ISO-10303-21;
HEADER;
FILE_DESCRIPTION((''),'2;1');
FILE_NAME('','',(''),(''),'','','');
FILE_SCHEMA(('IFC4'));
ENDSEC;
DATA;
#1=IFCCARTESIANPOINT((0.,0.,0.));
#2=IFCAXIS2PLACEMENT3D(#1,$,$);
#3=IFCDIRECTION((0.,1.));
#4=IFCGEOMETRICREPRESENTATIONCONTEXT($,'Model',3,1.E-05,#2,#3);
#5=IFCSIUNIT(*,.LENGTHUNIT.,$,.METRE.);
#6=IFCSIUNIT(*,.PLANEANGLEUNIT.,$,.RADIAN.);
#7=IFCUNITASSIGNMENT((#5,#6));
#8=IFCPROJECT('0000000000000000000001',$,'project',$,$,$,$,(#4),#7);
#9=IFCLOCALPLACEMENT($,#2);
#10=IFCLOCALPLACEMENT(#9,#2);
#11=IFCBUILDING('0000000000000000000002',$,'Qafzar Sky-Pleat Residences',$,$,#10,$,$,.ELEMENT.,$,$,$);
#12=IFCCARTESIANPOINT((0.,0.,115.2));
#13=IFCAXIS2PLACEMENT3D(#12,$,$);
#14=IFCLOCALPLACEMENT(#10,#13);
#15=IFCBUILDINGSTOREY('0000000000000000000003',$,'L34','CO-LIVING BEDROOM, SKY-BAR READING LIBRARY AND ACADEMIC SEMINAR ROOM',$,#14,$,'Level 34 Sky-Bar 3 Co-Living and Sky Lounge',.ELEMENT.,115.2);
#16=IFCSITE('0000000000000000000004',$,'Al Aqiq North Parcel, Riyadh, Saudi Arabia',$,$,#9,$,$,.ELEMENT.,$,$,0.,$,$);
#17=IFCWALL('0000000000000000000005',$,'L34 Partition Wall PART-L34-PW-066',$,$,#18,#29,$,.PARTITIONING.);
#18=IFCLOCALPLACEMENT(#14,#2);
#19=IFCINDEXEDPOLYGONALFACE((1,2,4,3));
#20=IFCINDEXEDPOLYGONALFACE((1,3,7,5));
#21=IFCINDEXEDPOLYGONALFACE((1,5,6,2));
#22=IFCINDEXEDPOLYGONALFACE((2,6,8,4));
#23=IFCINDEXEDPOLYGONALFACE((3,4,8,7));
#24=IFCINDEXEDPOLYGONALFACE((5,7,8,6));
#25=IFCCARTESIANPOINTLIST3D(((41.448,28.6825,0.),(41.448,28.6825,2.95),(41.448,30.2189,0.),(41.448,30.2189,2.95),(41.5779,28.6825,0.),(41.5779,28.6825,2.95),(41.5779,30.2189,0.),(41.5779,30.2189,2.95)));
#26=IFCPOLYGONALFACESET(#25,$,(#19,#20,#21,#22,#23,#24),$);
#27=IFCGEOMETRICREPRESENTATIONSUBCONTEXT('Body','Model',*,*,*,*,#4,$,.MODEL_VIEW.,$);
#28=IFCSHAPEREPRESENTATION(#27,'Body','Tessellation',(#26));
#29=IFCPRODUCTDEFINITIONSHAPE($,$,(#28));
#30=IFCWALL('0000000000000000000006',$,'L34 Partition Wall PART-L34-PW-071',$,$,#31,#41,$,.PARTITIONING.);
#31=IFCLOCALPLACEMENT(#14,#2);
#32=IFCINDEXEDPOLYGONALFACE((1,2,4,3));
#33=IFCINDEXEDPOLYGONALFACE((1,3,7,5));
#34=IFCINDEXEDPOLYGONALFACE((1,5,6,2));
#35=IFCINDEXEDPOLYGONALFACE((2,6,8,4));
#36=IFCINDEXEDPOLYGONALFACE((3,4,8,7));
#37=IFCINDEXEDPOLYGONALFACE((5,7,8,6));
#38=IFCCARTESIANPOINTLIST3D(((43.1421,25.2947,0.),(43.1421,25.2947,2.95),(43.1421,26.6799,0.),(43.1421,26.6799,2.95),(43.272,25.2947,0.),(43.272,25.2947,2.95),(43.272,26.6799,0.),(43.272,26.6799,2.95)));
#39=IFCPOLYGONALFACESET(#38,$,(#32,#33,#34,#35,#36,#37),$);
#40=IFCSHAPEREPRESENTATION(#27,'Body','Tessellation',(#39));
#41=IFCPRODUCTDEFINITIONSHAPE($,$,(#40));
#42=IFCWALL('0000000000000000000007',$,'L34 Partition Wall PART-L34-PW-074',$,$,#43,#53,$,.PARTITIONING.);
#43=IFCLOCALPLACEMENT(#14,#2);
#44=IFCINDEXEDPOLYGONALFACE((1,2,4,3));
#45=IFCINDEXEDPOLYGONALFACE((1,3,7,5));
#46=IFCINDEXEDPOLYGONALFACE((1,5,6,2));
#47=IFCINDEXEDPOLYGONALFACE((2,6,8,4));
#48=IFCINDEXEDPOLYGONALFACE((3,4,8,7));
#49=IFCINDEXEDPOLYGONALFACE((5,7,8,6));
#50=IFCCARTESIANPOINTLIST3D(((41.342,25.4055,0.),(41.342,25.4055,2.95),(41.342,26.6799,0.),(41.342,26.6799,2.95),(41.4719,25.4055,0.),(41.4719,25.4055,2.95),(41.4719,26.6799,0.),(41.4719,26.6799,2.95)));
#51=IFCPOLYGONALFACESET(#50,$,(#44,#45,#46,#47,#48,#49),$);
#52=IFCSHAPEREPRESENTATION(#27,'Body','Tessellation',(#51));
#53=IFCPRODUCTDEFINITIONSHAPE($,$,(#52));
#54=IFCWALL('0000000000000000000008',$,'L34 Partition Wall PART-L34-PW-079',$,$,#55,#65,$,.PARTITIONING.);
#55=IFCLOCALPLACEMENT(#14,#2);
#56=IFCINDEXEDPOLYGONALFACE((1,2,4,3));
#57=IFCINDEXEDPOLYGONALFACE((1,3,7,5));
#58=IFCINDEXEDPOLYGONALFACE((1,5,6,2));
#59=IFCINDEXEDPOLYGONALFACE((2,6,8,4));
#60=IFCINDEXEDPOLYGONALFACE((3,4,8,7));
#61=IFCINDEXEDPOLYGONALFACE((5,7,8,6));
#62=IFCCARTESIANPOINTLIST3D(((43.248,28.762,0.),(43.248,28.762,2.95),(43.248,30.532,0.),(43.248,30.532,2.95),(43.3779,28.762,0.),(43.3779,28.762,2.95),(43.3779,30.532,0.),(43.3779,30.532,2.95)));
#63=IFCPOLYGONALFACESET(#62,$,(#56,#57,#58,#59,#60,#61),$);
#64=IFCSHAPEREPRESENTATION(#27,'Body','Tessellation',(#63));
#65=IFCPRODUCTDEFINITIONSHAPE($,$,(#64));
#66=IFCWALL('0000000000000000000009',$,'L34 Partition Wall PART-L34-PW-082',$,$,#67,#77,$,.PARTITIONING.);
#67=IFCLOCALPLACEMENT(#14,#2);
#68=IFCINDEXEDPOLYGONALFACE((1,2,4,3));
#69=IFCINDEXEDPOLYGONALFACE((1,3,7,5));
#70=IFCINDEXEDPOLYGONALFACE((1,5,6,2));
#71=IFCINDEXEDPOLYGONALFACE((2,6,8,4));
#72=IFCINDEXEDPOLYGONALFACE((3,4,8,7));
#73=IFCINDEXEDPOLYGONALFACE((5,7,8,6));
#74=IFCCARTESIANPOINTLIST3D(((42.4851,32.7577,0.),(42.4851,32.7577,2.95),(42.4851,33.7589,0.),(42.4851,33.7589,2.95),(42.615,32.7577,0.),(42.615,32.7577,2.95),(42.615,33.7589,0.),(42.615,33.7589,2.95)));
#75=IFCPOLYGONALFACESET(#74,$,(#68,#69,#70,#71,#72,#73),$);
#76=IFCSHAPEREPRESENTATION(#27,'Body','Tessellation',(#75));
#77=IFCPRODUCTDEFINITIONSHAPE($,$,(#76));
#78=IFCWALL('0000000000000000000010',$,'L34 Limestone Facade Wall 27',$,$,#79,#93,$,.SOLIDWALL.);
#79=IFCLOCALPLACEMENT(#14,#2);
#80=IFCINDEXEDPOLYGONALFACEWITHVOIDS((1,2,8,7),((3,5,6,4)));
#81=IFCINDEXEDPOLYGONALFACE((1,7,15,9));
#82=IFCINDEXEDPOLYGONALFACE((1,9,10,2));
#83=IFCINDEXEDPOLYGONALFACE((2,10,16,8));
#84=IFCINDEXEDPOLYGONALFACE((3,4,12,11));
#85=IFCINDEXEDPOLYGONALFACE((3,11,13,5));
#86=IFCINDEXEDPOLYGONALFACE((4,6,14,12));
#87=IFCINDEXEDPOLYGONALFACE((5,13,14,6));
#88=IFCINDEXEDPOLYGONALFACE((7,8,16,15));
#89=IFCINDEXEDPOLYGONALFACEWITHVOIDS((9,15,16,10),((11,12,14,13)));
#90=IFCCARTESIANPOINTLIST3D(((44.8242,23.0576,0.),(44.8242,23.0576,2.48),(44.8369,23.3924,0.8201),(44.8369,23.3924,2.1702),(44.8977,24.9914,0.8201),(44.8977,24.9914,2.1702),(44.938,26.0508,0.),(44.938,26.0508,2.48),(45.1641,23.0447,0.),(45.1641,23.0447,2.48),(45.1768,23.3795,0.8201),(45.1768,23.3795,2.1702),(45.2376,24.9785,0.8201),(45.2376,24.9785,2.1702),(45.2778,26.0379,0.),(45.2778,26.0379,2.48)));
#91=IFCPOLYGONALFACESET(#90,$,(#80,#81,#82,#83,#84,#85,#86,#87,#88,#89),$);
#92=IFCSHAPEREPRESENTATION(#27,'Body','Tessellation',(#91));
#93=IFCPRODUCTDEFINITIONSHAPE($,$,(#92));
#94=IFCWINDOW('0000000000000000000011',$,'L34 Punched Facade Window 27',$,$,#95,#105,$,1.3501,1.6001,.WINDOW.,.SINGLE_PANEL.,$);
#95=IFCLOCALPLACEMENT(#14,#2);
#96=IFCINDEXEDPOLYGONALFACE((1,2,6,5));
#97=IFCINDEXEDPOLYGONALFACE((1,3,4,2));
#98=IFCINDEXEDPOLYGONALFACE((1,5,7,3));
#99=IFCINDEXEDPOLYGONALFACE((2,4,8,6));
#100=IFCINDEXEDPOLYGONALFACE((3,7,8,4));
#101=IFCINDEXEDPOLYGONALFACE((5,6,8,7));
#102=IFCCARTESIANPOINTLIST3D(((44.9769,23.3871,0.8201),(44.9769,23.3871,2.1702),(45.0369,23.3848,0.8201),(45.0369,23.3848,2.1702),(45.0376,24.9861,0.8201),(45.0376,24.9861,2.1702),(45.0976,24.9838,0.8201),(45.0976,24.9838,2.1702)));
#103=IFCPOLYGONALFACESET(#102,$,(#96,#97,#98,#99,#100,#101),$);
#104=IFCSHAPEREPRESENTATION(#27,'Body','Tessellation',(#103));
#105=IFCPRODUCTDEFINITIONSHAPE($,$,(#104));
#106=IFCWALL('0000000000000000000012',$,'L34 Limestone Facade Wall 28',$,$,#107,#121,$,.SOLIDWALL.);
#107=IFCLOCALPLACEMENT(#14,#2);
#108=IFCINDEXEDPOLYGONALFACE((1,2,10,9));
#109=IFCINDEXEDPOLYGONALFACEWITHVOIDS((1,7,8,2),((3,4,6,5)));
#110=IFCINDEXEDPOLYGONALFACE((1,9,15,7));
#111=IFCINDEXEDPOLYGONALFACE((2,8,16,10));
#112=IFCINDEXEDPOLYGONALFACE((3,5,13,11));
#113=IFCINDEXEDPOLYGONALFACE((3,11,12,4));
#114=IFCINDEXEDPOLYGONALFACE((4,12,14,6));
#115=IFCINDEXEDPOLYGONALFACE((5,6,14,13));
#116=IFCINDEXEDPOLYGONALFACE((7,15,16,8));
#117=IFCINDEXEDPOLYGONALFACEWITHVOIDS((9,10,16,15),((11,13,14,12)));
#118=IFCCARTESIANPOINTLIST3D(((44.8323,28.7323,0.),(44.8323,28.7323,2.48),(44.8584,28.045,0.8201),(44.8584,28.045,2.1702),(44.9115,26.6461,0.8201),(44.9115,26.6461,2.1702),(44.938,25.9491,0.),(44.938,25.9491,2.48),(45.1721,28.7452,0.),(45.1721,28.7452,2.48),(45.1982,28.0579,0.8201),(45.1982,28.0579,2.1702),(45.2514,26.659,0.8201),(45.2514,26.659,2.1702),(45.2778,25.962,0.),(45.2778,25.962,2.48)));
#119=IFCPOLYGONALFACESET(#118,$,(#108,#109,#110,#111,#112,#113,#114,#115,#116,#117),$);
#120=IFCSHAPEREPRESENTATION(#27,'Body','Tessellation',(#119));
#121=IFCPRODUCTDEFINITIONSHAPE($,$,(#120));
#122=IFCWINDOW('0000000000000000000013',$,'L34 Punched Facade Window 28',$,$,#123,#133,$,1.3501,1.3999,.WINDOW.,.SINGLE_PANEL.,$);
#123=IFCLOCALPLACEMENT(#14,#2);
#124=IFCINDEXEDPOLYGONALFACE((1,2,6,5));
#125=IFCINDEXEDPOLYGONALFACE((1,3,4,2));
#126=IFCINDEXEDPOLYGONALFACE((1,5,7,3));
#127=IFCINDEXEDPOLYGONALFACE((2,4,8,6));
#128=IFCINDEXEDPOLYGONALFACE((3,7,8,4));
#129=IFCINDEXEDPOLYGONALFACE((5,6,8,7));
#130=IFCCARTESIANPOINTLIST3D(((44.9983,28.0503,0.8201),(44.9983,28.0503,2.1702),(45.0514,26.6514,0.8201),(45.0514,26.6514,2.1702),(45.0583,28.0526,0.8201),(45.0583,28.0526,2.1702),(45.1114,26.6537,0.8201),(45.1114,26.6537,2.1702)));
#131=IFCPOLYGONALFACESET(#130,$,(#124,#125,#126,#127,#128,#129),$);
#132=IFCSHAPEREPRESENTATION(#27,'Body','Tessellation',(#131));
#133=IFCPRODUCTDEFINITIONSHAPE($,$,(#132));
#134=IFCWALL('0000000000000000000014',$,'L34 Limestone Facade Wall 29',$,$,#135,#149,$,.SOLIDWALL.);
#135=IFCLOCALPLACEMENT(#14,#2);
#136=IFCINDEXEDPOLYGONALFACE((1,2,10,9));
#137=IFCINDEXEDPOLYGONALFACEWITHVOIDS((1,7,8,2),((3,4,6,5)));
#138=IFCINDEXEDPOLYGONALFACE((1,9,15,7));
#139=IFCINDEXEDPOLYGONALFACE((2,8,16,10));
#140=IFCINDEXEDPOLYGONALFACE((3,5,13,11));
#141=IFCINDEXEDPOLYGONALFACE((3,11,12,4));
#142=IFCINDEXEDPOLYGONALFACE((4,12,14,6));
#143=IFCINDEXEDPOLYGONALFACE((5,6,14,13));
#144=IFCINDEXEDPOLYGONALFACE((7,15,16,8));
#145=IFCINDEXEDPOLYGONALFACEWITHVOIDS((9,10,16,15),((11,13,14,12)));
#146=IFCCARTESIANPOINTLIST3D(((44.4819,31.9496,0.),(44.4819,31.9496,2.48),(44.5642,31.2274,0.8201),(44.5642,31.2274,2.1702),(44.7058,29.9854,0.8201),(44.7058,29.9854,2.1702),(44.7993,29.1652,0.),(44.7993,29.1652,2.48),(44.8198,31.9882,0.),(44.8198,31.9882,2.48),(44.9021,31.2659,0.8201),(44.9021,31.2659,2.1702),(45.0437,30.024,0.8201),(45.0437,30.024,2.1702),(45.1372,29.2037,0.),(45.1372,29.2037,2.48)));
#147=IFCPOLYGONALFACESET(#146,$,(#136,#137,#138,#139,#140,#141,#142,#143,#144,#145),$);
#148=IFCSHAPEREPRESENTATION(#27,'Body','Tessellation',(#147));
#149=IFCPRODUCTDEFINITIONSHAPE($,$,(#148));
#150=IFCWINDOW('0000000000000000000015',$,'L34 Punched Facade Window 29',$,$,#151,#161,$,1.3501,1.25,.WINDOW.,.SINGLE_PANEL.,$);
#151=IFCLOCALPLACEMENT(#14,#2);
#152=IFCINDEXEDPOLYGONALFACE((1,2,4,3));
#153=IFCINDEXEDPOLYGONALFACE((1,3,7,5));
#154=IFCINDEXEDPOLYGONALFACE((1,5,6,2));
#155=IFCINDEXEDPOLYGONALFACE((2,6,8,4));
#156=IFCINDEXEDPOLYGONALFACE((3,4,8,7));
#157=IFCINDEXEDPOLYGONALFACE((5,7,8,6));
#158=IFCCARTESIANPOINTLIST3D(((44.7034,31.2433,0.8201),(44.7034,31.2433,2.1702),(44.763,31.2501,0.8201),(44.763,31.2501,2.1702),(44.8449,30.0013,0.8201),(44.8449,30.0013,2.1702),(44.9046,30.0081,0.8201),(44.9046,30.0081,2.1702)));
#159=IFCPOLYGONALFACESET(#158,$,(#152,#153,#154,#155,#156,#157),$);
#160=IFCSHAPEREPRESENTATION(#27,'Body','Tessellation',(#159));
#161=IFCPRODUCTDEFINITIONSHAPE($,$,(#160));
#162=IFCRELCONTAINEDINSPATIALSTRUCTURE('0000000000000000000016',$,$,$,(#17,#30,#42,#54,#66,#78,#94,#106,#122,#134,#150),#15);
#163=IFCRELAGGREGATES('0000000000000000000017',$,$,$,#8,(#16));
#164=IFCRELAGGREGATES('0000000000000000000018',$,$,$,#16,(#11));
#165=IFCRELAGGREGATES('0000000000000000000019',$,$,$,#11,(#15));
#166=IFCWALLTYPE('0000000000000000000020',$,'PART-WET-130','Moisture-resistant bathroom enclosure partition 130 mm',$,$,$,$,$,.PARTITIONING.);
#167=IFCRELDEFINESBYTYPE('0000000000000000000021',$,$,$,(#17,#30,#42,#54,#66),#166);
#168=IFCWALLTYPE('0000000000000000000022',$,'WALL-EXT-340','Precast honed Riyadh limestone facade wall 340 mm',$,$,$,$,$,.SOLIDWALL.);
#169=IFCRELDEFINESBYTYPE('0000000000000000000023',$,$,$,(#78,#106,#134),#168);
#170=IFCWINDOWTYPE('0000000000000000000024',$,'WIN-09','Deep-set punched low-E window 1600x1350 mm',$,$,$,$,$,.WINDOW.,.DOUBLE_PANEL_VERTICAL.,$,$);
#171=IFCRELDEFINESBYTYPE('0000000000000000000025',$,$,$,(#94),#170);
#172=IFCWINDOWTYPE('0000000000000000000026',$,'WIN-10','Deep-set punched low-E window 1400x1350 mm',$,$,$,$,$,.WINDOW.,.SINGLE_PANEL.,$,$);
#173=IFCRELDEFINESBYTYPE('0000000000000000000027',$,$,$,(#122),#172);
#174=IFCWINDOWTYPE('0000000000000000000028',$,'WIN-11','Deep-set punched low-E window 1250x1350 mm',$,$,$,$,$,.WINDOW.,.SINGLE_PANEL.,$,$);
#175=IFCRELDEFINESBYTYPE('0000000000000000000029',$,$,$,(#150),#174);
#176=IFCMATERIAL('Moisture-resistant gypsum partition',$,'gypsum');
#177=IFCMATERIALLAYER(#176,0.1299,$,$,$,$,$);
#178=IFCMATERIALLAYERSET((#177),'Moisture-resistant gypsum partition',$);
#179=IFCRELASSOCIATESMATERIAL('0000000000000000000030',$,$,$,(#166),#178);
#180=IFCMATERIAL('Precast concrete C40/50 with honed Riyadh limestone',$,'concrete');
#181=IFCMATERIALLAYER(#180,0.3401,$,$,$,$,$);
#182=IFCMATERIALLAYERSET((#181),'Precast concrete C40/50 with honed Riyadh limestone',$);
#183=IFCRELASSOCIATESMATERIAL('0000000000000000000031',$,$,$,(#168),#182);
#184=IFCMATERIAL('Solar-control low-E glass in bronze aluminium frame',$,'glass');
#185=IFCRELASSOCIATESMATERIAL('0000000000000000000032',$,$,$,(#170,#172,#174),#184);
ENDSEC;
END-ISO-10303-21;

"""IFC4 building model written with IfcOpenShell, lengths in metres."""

from ifc_helpers import new_model, si_unit, direction, frame, frame_2d, origin, place, context, subcontext, project, spatial, rectangle, extrude, source, transform, mapped, material, layer, layer_set, type_object, element, fill, save


model = new_model("IFC4")

# Units and contexts
model_context = context("Model", 3, precision=1e-05, world=origin(), true_north=direction((0.0, 1.0)))
body_context = subcontext(model_context, "Body", "Model", "MODEL_VIEW")
ifc_project = project(units=[si_unit("LENGTHUNIT", "METRE"), si_unit("PLANEANGLEUNIT", "RADIAN")], contexts=[model_context])

# Site, building, storey
site_placement = place(None, origin())
site = spatial("IfcSite", under=ifc_project, at=site_placement, Name="Al Aqiq North Parcel, Riyadh, Saudi Arabia", CompositionType="ELEMENT", RefElevation=0.0)
building_placement = place(site_placement, origin())
building = spatial("IfcBuilding", under=site, at=building_placement, Name="Qafzar Sky-Pleat Residences", CompositionType="ELEMENT")
storey_placement = place(building_placement, frame((0.0, 0.0, 115.2)))
storey = spatial("IfcBuildingStorey", under=building, at=storey_placement, Name="L34", Description="CO-LIVING BEDROOM, SKY-BAR READING LIBRARY AND ACADEMIC SEMINAR ROOM", LongName="Level 34 Sky-Bar 3 Co-Living and Sky Lounge", CompositionType="ELEMENT", Elevation=115.2)

# Shared definitions
ifc_material_1 = material(Name="Moisture-resistant gypsum partition", Category="gypsum")
ifc_layer_1 = layer(ifc_material_1, 0.1299)
ifc_layer_set_1 = layer_set([ifc_layer_1], Name="Moisture-resistant gypsum partition")
wall_type_1 = type_object("IfcWallType", Name="PART-WET-130", Description="Moisture-resistant bathroom enclosure partition 130 mm", PredefinedType="PARTITIONING", material=ifc_layer_set_1)

# Walls
wall_1_placement = place(storey_placement, frame((41.5129, 28.6826, 0.0), z_axis=(0.0, 0.0, 1.0), x_axis=(0.0, 1.0, 0.0)))
element("IfcWall", 1, at=wall_1_placement, inside=storey, type_object=wall_type_1, Name="L34 Partition Wall PART-L34-PW-066", PredefinedType="PARTITIONING", context=body_context, shape_type="SweptSolid", body=[
    extrude(rectangle(XDim=1.5364, YDim=0.1299, at=frame_2d((0.7681, 0.0))), origin(), (0.0, 0.0, 1.0), 2.95),
])
wall_2_placement = place(storey_placement, frame((43.207, 25.2947, 0.0), z_axis=(0.0, 0.0, 1.0), x_axis=(0.0, 1.0, 0.0)))
element("IfcWall", 2, at=wall_2_placement, inside=storey, type_object=wall_type_1, Name="L34 Partition Wall PART-L34-PW-071", PredefinedType="PARTITIONING", context=body_context, shape_type="SweptSolid", body=[
    extrude(rectangle(XDim=1.3853, YDim=0.1299, at=frame_2d((0.6926, 0.0))), origin(), (0.0, 0.0, 1.0), 2.95),
])
wall_3_placement = place(storey_placement, frame((41.407, 25.4055, 0.0), z_axis=(0.0, 0.0, 1.0), x_axis=(0.0, 1.0, 0.0)))
element("IfcWall", 3, at=wall_3_placement, inside=storey, type_object=wall_type_1, Name="L34 Partition Wall PART-L34-PW-074", PredefinedType="PARTITIONING", context=body_context, shape_type="SweptSolid", body=[
    extrude(rectangle(XDim=1.2744, YDim=0.1299, at=frame_2d((0.6372, 0.0))), origin(), (0.0, 0.0, 1.0), 2.95),
])
wall_4_placement = place(storey_placement, frame((43.313, 28.762, 0.0), z_axis=(0.0, 0.0, 1.0), x_axis=(0.0, 1.0, 0.0)))
element("IfcWall", 4, at=wall_4_placement, inside=storey, type_object=wall_type_1, Name="L34 Partition Wall PART-L34-PW-079", PredefinedType="PARTITIONING", context=body_context, shape_type="SweptSolid", body=[
    extrude(rectangle(XDim=1.77, YDim=0.1299, at=frame_2d((0.885, 0.0))), origin(), (0.0, 0.0, 1.0), 2.95),
])
wall_5_placement = place(storey_placement, frame((42.55, 32.7578, 0.0), z_axis=(0.0, 0.0, 1.0), x_axis=(0.0, 1.0, 0.0)))
element("IfcWall", 5, at=wall_5_placement, inside=storey, type_object=wall_type_1, Name="L34 Partition Wall PART-L34-PW-082", PredefinedType="PARTITIONING", context=body_context, shape_type="SweptSolid", body=[
    extrude(rectangle(XDim=1.0012, YDim=0.1299, at=frame_2d((0.5005, 0.0))), origin(), (0.0, 0.0, 1.0), 2.95),
])

# Walls, openings, windows
ifc_material_2 = material(Name="Precast concrete C40/50 with honed Riyadh limestone", Category="concrete")
ifc_layer_2 = layer(ifc_material_2, 0.3401)
ifc_layer_set_2 = layer_set([ifc_layer_2], Name="Precast concrete C40/50 with honed Riyadh limestone")
wall_type_2 = type_object("IfcWallType", Name="WALL-EXT-340", Description="Precast honed Riyadh limestone facade wall 340 mm", PredefinedType="SOLIDWALL", material=ifc_layer_set_2)
wall_6_placement = place(storey_placement, frame((44.9941, 23.0513, 0.0), z_axis=(0.0, 0.0, 1.0), x_axis=(0.037982, 0.999278, 0.0)))
wall_6 = element("IfcWall", 6, at=wall_6_placement, inside=storey, type_object=wall_type_2, Name="L34 Limestone Facade Wall 27", PredefinedType="SOLIDWALL", context=body_context, shape_type="SweptSolid", body=[
    extrude(rectangle(XDim=2.9954, YDim=0.3401, at=frame_2d((1.4976, 0.0))), origin(), (0.0, 0.0, 1.0), 2.48),
])
opening_1_placement = place(wall_6_placement, frame((0.335, 0.0, 0.8201)))
opening_1 = element("IfcOpeningElement", 7, at=opening_1_placement, cuts=wall_6, PredefinedType="OPENING", context=body_context, shape_type="SweptSolid", body=[
    extrude(rectangle(XDim=1.6001, YDim=1.3501, at=frame_2d((0.8, 0.675))), frame((0.0, 0.1802, 0.0), z_axis=(0.0, -1.0, 0.0), x_axis=(1.0, 0.0, 0.0)), (0.0, 0.0, 1.0), 0.3601),
])
ifc_material_3 = material(Name="Solar-control low-E glass in bronze aluminium frame", Category="glass")
window_type_1 = type_object("IfcWindowType", Name="WIN-09", Description="Deep-set punched low-E window 1600x1350 mm", PartitioningType="DOUBLE_PANEL_VERTICAL", PredefinedType="WINDOW", material=ifc_material_3)
shared_shape_1 = source(origin(), body_context, "Body", "SweptSolid", [
    extrude(rectangle(XDim=1.6001, YDim=1.3501, at=frame_2d((0.8, 0.675))), frame((0.0, 0.03, 0.0), z_axis=(0.0, -1.0, 0.0), x_axis=(1.0, 0.0, 0.0)), (0.0, 0.0, 1.0), 0.0601),
])
window_1_placement = place(opening_1_placement, origin())
window_1 = element("IfcWindow", 8, at=window_1_placement, inside=storey, type_object=window_type_1, Name="L34 Punched Facade Window 27", OverallHeight=1.3501, OverallWidth=1.6001, PartitioningType="SINGLE_PANEL", PredefinedType="WINDOW", context=body_context, shape_type="MappedRepresentation", body=[
    mapped(shared_shape_1, transform((0.0, 0.0, 0.0), x_axis=(1.0, 0.0, 0.0), y_axis=(0.0, 1.0, 0.0), z_axis=(0.0, 0.0, 1.0), scale=1.0)),
])
fill(opening_1, window_1)
wall_7_placement = place(storey_placement, frame((45.1079, 25.9556, 0.0), z_axis=(0.0, 0.0, 1.0), x_axis=(-0.037955, 0.999279, 0.0)))
wall_7 = element("IfcWall", 9, at=wall_7_placement, inside=storey, type_object=wall_type_2, Name="L34 Limestone Facade Wall 28", PredefinedType="SOLIDWALL", context=body_context, shape_type="SweptSolid", body=[
    extrude(rectangle(XDim=2.7852, YDim=0.3401, at=frame_2d((1.3926, 0.0))), origin(), (0.0, 0.0, 1.0), 2.48),
])
opening_2_placement = place(wall_7_placement, frame((0.6975, 0.0, 0.8201)))
opening_2 = element("IfcOpeningElement", 10, at=opening_2_placement, cuts=wall_7, PredefinedType="OPENING", context=body_context, shape_type="SweptSolid", body=[
    extrude(rectangle(XDim=1.3999, YDim=1.3501, at=frame_2d((0.7, 0.675))), frame((0.0, 0.1802, 0.0), z_axis=(0.0, -1.0, 0.0), x_axis=(1.0, 0.0, 0.0)), (0.0, 0.0, 1.0), 0.3601),
])
window_type_2 = type_object("IfcWindowType", Name="WIN-10", Description="Deep-set punched low-E window 1400x1350 mm", PartitioningType="SINGLE_PANEL", PredefinedType="WINDOW", material=ifc_material_3)
shared_shape_2 = source(origin(), body_context, "Body", "SweptSolid", [
    extrude(rectangle(XDim=1.3999, YDim=1.3501, at=frame_2d((0.7, 0.675))), frame((0.0, 0.03, 0.0), z_axis=(0.0, -1.0, 0.0), x_axis=(1.0, 0.0, 0.0)), (0.0, 0.0, 1.0), 0.0601),
])
window_2_placement = place(opening_2_placement, origin())
window_2 = element("IfcWindow", 11, at=window_2_placement, inside=storey, type_object=window_type_2, Name="L34 Punched Facade Window 28", OverallHeight=1.3501, OverallWidth=1.3999, PartitioningType="SINGLE_PANEL", PredefinedType="WINDOW", context=body_context, shape_type="MappedRepresentation", body=[
    mapped(shared_shape_2, transform((0.0, 0.0, 0.0), x_axis=(1.0, 0.0, 0.0), y_axis=(0.0, 1.0, 0.0), z_axis=(0.0, 0.0, 1.0), scale=1.0)),
])
fill(opening_2, window_2)
wall_8_placement = place(storey_placement, frame((44.9683, 29.1843, 0.0), z_axis=(0.0, 0.0, 1.0), x_axis=(-0.113252, 0.993566, 0.0)))
wall_8 = element("IfcWall", 12, at=wall_8_placement, inside=storey, type_object=wall_type_2, Name="L34 Limestone Facade Wall 29", PredefinedType="SOLIDWALL", context=body_context, shape_type="SweptSolid", body=[
    extrude(rectangle(XDim=2.8025, YDim=0.3401, at=frame_2d((1.4014, 0.0))), origin(), (0.0, 0.0, 1.0), 2.48),
])
opening_3_placement = place(wall_8_placement, frame((0.8257, 0.0, 0.8201)))
opening_3 = element("IfcOpeningElement", 13, at=opening_3_placement, cuts=wall_8, PredefinedType="OPENING", context=body_context, shape_type="SweptSolid", body=[
    extrude(rectangle(XDim=1.25, YDim=1.3501, at=frame_2d((0.625, 0.675))), frame((0.0, 0.1802, 0.0), z_axis=(0.0, -1.0, 0.0), x_axis=(1.0, 0.0, 0.0)), (0.0, 0.0, 1.0), 0.3601),
])
window_type_3 = type_object("IfcWindowType", Name="WIN-11", Description="Deep-set punched low-E window 1250x1350 mm", PartitioningType="SINGLE_PANEL", PredefinedType="WINDOW", material=ifc_material_3)
shared_shape_3 = source(origin(), body_context, "Body", "SweptSolid", [
    extrude(rectangle(XDim=1.25, YDim=1.3501, at=frame_2d((0.625, 0.675))), frame((0.0, 0.03, 0.0), z_axis=(0.0, -1.0, 0.0), x_axis=(1.0, 0.0, 0.0)), (0.0, 0.0, 1.0), 0.0601),
])
window_3_placement = place(opening_3_placement, origin())
window_3 = element("IfcWindow", 14, at=window_3_placement, inside=storey, type_object=window_type_3, Name="L34 Punched Facade Window 29", OverallHeight=1.3501, OverallWidth=1.25, PartitioningType="SINGLE_PANEL", PredefinedType="WINDOW", context=body_context, shape_type="MappedRepresentation", body=[
    mapped(shared_shape_3, transform((0.0, 0.0, 0.0), x_axis=(1.0, 0.0, 0.0), y_axis=(0.0, 1.0, 0.0), z_axis=(0.0, 0.0, 1.0), scale=1.0)),
])
fill(opening_3, window_3)

save(model, "model.ifc")
